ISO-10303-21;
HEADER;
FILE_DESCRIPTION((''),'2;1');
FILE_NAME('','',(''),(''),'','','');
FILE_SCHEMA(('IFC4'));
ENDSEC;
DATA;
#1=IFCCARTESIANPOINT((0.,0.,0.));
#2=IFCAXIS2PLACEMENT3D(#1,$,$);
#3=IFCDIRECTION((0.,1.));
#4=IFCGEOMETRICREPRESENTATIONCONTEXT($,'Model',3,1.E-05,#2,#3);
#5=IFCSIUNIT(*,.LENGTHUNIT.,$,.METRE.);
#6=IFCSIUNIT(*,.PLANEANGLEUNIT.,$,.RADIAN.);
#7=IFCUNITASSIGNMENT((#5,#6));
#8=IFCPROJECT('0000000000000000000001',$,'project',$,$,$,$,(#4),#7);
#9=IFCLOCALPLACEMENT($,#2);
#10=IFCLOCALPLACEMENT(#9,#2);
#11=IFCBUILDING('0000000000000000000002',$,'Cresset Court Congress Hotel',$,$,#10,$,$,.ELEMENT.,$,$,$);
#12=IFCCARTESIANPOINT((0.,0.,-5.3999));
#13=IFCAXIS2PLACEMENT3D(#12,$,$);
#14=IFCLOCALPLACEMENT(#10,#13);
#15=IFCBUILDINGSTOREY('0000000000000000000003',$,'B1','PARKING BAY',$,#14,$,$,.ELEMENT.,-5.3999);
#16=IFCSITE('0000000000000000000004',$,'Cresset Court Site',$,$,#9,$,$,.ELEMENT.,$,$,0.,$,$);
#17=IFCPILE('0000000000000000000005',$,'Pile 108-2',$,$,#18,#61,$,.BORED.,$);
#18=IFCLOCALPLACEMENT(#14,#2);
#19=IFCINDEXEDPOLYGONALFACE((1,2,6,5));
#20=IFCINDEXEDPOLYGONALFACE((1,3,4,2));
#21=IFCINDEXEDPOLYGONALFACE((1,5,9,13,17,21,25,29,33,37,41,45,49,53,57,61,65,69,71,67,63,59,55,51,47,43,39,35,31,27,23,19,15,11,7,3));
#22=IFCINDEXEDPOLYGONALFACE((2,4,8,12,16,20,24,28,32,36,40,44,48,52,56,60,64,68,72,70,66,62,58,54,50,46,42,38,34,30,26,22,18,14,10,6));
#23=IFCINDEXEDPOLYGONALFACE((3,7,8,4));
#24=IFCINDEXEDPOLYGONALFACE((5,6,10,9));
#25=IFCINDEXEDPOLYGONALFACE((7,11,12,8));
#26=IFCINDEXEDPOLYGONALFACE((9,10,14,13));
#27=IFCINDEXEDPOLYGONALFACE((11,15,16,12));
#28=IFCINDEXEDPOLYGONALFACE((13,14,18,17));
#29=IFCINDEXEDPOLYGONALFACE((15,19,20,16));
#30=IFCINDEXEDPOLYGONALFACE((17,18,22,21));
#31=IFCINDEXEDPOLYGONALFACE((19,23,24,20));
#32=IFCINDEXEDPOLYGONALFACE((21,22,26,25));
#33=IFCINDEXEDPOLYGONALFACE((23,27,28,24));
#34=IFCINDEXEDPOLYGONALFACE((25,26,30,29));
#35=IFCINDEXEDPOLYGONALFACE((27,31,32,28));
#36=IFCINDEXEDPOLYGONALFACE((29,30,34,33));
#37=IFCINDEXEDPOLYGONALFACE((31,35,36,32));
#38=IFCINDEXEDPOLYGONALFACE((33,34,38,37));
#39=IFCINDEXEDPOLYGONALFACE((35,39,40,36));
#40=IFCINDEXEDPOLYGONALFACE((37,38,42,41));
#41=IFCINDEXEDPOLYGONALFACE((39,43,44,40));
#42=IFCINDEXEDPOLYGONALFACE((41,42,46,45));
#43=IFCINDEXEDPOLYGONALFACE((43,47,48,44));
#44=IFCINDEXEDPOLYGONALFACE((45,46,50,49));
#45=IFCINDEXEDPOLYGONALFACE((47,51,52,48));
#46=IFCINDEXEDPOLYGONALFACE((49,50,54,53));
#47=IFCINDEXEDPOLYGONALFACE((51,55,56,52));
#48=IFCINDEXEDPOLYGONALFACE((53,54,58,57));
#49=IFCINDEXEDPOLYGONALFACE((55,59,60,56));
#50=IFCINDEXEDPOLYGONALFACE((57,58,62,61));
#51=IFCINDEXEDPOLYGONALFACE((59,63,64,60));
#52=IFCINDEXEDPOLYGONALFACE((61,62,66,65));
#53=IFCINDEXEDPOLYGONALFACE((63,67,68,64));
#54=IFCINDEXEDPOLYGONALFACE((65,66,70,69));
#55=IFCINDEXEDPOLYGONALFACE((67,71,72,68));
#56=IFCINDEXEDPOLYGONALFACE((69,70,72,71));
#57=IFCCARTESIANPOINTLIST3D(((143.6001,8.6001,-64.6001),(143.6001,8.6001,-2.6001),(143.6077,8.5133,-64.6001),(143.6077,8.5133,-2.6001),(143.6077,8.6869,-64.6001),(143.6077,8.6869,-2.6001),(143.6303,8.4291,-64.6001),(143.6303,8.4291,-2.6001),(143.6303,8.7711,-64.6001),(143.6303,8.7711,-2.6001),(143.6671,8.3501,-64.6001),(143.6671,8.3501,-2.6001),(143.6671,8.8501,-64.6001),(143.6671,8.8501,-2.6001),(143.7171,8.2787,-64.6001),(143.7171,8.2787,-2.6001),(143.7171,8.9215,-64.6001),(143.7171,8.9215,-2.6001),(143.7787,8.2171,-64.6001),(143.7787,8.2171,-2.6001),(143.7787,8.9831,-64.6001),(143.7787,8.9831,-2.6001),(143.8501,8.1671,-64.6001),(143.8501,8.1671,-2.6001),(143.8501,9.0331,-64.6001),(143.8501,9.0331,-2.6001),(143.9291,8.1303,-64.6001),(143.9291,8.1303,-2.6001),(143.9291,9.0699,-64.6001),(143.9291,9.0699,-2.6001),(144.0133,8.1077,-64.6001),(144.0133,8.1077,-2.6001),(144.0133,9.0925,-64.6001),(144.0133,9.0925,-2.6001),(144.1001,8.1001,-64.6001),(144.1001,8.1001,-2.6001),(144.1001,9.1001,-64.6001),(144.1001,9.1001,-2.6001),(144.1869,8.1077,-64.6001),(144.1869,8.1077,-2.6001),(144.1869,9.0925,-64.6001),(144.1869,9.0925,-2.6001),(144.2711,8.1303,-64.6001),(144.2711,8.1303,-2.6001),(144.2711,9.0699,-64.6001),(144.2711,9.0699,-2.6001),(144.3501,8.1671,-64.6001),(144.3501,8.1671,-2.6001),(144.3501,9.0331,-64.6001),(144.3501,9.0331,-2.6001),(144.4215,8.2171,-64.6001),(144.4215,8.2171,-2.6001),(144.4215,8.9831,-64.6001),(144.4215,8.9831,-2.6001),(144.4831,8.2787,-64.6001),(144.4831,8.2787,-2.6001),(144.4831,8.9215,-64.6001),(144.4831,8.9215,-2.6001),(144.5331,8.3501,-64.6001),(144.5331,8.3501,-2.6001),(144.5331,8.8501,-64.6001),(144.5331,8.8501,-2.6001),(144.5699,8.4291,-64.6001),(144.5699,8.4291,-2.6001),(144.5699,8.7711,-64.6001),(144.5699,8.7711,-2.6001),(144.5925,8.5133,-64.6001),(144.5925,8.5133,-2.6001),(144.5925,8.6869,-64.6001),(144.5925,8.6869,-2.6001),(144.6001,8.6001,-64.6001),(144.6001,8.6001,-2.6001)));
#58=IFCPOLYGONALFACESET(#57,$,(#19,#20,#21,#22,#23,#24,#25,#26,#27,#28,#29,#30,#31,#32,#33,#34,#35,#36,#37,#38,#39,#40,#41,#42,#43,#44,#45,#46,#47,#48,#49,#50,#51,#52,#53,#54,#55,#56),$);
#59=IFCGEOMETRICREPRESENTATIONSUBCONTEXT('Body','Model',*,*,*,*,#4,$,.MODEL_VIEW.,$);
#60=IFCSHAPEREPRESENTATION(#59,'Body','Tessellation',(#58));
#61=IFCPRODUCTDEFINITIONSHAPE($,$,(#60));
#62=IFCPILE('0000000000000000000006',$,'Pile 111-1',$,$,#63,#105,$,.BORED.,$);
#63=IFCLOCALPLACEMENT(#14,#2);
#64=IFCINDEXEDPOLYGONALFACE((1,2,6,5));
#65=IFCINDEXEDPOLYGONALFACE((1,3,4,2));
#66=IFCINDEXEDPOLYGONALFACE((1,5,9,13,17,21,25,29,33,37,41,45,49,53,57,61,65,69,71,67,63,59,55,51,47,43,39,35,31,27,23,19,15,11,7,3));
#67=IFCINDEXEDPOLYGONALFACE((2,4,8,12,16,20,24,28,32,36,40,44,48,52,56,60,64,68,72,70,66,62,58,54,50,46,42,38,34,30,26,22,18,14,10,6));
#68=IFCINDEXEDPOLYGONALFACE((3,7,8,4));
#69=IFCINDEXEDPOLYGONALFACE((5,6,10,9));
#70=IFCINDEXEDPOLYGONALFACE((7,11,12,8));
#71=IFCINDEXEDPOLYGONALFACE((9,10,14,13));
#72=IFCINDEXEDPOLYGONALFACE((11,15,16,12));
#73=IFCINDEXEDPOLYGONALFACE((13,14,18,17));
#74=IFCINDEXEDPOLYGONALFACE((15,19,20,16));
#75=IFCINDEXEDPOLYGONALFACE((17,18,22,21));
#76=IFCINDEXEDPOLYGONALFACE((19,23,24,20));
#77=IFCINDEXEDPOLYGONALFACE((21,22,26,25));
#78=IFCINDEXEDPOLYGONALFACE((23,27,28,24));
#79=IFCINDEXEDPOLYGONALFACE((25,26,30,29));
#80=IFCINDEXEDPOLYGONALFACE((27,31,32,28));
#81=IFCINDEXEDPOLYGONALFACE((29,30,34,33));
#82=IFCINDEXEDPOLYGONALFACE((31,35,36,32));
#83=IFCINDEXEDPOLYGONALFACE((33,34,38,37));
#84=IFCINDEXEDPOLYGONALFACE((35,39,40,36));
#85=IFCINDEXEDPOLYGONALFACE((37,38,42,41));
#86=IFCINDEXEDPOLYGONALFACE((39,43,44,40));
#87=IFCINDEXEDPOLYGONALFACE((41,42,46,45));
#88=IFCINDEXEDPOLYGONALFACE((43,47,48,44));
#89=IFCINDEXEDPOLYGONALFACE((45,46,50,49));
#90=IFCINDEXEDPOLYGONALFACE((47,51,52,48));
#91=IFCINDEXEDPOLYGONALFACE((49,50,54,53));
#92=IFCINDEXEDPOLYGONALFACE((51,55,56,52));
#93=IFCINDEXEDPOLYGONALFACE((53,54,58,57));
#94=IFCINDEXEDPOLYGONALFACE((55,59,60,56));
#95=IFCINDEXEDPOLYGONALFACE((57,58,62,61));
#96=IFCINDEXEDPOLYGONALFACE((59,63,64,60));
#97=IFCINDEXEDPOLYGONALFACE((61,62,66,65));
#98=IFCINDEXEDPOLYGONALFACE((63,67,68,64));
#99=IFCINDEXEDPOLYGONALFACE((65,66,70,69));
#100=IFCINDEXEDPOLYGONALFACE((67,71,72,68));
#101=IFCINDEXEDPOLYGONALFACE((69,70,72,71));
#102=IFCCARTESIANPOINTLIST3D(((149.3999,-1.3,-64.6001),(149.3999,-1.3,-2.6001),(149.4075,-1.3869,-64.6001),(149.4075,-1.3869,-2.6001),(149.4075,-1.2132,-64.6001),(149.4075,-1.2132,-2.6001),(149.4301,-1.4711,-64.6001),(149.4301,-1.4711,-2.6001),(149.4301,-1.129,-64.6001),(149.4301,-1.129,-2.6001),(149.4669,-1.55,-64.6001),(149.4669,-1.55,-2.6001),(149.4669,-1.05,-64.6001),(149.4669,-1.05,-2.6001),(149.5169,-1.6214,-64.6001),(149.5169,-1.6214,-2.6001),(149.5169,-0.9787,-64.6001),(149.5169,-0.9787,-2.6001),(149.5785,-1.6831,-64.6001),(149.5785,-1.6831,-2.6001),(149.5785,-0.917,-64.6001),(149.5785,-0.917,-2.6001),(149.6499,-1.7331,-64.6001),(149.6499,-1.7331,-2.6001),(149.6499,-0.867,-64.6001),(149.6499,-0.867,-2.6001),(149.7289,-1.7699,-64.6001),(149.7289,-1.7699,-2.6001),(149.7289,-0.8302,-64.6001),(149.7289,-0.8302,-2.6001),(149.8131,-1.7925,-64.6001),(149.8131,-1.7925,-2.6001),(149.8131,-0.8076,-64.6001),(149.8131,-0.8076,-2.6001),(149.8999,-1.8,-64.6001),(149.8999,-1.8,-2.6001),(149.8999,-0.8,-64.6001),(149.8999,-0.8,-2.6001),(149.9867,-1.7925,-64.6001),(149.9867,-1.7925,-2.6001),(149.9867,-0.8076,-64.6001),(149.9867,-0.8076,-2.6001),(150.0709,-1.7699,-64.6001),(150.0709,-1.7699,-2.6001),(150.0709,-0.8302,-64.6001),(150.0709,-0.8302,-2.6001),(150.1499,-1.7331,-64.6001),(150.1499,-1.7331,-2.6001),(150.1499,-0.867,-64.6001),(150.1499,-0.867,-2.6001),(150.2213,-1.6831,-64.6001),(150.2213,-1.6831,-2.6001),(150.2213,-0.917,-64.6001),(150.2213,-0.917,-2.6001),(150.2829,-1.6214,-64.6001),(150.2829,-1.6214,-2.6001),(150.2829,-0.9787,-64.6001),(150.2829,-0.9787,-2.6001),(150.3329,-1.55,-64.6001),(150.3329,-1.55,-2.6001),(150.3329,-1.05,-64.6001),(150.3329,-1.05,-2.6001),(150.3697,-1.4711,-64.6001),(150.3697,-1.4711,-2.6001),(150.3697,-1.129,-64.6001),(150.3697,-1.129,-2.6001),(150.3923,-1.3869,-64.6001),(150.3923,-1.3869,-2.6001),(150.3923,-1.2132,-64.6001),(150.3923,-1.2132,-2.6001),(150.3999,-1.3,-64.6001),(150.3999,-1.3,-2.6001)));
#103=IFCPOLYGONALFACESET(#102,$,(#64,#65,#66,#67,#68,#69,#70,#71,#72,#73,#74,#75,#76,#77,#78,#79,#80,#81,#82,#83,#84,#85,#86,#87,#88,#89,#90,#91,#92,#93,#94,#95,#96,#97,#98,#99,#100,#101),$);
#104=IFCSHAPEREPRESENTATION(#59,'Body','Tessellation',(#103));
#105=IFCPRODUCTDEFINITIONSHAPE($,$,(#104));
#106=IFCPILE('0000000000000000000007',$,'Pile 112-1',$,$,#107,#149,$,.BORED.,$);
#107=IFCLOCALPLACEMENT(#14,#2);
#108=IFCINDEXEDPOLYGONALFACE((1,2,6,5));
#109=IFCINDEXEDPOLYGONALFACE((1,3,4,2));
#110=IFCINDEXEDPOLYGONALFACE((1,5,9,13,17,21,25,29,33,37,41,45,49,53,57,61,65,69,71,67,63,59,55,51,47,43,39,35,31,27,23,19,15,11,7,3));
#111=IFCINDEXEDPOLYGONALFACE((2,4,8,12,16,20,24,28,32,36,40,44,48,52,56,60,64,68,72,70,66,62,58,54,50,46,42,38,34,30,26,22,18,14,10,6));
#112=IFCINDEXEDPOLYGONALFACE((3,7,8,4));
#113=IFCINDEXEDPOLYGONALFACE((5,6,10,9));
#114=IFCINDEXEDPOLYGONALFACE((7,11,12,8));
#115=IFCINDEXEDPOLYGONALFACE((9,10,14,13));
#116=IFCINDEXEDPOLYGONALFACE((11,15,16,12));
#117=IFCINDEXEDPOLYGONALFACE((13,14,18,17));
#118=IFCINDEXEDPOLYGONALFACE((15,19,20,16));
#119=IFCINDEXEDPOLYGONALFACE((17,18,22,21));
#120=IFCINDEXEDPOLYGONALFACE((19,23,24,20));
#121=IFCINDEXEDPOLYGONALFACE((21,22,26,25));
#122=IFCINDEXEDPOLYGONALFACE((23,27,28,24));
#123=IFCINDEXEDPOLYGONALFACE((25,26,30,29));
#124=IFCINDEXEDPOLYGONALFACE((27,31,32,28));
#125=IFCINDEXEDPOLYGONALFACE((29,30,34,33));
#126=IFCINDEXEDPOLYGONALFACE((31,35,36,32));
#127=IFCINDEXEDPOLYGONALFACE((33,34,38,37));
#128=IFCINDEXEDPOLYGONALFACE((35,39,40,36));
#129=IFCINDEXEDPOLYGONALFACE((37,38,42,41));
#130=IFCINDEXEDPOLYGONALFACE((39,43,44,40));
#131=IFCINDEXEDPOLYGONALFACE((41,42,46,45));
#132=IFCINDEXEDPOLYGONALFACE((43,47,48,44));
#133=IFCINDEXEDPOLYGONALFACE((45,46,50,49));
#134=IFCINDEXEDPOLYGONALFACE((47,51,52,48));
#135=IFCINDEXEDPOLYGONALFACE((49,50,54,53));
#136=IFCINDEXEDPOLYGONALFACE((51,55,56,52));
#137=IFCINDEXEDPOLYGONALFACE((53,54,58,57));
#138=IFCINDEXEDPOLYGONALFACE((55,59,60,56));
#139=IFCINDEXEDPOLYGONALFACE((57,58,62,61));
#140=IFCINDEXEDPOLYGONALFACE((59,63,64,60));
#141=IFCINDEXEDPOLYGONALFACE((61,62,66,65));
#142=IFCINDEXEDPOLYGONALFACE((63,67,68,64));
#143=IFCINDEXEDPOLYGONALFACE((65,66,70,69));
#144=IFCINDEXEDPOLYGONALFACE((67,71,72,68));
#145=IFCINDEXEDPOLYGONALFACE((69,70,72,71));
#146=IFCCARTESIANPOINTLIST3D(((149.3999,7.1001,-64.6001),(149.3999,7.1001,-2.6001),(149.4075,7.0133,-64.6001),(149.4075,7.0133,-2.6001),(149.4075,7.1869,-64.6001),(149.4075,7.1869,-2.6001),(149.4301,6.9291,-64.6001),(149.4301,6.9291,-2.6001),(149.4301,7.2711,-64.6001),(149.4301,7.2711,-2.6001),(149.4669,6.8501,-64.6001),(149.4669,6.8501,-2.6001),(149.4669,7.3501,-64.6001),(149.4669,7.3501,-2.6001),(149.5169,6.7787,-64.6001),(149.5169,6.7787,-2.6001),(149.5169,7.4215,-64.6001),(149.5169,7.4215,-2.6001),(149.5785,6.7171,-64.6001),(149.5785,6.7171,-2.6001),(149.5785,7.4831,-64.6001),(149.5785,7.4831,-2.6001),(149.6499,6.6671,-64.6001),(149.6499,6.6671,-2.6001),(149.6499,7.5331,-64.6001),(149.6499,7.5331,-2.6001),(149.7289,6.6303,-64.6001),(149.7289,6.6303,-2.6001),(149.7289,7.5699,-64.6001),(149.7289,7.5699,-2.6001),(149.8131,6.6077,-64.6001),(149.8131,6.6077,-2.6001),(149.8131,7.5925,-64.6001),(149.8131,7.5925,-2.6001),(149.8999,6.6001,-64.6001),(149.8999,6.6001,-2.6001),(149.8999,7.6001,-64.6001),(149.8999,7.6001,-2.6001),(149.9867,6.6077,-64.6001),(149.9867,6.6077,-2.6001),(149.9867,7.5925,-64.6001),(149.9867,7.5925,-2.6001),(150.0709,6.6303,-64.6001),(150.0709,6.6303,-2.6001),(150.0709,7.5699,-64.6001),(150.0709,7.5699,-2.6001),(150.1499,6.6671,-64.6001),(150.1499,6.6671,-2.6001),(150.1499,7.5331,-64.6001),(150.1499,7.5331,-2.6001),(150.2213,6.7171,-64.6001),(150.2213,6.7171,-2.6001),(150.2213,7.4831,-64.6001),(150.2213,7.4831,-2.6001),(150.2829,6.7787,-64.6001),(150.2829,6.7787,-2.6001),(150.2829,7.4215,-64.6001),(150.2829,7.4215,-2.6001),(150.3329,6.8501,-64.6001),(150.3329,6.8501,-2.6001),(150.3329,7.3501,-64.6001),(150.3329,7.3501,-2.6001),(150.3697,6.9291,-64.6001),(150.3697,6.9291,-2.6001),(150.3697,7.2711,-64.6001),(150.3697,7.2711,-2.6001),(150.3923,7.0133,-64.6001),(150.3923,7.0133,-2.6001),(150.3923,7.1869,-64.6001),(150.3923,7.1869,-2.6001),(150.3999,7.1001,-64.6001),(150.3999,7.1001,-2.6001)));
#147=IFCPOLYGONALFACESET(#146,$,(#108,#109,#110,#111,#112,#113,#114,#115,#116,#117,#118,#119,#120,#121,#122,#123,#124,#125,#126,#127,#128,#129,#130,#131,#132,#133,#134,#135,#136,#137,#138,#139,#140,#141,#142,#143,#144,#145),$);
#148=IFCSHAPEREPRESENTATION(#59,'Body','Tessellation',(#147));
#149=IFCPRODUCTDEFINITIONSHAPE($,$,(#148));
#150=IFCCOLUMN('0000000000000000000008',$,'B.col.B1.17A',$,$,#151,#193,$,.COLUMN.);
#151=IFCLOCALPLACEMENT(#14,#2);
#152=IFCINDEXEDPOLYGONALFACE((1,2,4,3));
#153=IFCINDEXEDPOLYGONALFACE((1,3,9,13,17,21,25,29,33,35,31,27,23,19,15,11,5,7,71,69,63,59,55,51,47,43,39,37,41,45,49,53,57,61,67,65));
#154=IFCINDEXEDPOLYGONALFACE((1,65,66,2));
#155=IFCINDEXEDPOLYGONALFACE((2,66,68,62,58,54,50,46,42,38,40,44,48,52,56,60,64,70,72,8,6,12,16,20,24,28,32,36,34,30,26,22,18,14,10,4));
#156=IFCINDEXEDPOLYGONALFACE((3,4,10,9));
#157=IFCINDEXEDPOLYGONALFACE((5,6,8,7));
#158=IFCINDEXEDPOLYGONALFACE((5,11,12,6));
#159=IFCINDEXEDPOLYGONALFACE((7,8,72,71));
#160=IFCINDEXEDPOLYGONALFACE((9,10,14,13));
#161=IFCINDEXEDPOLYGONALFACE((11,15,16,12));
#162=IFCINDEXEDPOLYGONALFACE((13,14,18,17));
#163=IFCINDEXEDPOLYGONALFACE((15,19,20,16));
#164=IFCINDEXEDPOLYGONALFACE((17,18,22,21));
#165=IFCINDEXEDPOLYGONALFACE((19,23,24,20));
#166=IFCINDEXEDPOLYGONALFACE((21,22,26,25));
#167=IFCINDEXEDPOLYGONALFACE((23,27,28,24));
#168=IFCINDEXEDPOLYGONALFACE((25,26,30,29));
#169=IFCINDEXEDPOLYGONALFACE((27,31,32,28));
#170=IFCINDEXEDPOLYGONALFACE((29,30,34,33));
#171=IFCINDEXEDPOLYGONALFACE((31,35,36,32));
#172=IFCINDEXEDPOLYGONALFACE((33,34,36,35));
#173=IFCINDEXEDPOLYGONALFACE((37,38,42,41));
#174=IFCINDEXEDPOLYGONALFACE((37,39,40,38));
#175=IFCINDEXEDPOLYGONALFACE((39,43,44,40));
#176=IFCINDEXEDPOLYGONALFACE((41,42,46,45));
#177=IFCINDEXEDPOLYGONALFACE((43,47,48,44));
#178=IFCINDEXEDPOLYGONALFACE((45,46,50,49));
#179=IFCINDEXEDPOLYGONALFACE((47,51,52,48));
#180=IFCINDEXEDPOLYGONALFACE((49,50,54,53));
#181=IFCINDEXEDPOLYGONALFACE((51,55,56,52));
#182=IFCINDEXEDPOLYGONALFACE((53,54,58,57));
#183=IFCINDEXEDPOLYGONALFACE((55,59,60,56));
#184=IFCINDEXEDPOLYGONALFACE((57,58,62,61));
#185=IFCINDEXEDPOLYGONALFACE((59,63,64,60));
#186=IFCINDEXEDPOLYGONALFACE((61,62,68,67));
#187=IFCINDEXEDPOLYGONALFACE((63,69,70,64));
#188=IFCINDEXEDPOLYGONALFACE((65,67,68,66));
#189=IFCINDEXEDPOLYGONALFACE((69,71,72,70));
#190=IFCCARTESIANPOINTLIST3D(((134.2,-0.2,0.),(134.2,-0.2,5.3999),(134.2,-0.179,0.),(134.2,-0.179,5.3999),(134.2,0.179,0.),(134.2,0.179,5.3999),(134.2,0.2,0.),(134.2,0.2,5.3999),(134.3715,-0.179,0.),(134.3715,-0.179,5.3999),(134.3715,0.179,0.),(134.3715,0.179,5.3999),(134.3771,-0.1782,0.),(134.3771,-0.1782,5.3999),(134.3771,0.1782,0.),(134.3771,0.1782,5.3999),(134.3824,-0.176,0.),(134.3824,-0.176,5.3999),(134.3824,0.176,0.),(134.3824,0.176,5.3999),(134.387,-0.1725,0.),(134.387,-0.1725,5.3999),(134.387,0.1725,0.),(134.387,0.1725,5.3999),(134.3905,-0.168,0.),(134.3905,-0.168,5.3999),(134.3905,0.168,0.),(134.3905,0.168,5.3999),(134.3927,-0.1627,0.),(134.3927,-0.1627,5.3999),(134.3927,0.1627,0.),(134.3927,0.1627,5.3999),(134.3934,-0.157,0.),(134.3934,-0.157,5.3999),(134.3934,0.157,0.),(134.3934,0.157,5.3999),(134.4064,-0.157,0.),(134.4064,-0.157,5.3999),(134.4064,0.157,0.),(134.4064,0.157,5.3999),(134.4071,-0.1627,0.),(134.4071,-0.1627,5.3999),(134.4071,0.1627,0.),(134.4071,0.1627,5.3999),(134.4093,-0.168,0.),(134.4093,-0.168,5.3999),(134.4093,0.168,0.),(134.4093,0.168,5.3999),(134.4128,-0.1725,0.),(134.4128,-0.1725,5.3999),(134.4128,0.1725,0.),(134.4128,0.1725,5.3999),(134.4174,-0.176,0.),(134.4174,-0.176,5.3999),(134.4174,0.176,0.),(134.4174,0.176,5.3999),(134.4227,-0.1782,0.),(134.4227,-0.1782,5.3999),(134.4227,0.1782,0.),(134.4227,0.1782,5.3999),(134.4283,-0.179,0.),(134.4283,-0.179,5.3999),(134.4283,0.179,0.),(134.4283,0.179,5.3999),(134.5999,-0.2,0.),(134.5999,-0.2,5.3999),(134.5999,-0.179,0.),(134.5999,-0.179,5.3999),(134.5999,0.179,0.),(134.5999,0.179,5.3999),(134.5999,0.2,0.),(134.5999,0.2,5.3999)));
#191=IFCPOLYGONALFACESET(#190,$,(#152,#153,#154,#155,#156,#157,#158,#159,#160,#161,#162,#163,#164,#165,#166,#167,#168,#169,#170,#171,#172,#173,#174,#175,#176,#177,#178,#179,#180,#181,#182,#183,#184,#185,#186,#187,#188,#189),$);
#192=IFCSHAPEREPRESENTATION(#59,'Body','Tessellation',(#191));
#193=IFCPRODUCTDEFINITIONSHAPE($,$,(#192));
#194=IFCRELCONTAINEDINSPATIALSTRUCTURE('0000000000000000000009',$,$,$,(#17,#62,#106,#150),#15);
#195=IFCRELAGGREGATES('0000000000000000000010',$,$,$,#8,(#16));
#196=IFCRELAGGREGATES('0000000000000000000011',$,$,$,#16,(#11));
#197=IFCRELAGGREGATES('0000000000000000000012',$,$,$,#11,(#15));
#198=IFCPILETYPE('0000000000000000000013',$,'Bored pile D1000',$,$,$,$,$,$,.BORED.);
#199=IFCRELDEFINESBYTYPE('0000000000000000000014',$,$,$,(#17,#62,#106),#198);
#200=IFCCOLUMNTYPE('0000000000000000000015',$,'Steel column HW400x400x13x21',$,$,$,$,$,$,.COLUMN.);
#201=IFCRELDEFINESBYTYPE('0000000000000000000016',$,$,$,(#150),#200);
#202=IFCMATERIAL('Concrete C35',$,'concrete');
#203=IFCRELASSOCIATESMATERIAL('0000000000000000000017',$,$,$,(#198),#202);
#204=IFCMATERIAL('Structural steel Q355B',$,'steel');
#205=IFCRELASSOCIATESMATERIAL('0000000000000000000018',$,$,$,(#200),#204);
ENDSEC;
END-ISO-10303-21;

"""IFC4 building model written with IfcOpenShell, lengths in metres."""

from ifc_helpers import new_model, si_unit, direction, frame, origin, origin_2d, place, context, subcontext, project, spatial, circle, i_section, extrude, material, material_profile, profile_set, type_object, element, save


model = new_model("IFC4")

# Units and contexts
model_context = context("Model", 3, precision=1e-05, world=origin(), true_north=direction((0.0, 1.0)))
body_context = subcontext(model_context, "Body", "Model", "MODEL_VIEW")
ifc_project = project(units=[si_unit("LENGTHUNIT", "METRE"), si_unit("PLANEANGLEUNIT", "RADIAN")], contexts=[model_context])

# Site, building, storey
site_placement = place(None, origin())
site = spatial("IfcSite", under=ifc_project, at=site_placement, Name="Cresset Court Site", CompositionType="ELEMENT", RefElevation=0.0)
building_placement = place(site_placement, origin())
building = spatial("IfcBuilding", under=site, at=building_placement, Name="Cresset Court Congress Hotel", CompositionType="ELEMENT")
storey_placement = place(building_placement, frame((0.0, 0.0, -5.3999)))
storey = spatial("IfcBuildingStorey", under=building, at=storey_placement, Name="B1", Description="PARKING BAY", CompositionType="ELEMENT", Elevation=-5.3999)

# Piles
ifc_material_1 = material(Name="Concrete C35", Category="concrete")
pile_type = type_object("IfcPileType", Name="Bored pile D1000", PredefinedType="BORED", material=ifc_material_1)
for number, where, z_axis, x_axis, name in (
    (1, (144.1001, 8.6001, -2.6001), (0.0, 0.0, -1.0), (1.0, 0.0, 0.0), "Pile 108-2"),
    (2, (149.8999, -1.3, -2.6001), (0.0, 0.0, -1.0), (1.0, 0.0, 0.0), "Pile 111-1"),
    (3, (149.8999, 7.1001, -2.6001), (0.0, 0.0, -1.0), (1.0, 0.0, 0.0), "Pile 112-1"),
):
    element("IfcPile", number, at=place(storey_placement, frame(where, z_axis=z_axis, x_axis=x_axis)), inside=storey, type_object=pile_type, Name=name, PredefinedType="BORED", context=body_context, shape_type="SweptSolid", body=[
        extrude(circle(Radius=0.5, at=origin_2d()), origin(), (0.0, 0.0, 1.0), 62.0),
    ])

# Column
ifc_material_2 = material(Name="Structural steel Q355B", Category="steel")
ifc_material_profile = material_profile(ifc_material_2, i_section(OverallWidth=0.3999, OverallDepth=0.3999, WebThickness=0.0129, FlangeThickness=0.021, FilletRadius=0.022, at=origin_2d()), Name="HW400x400x13x21")
ifc_profile_set = profile_set([ifc_material_profile], Name="Structural steel Q355B")
column_type = type_object("IfcColumnType", Name="Steel column HW400x400x13x21", PredefinedType="COLUMN", material=ifc_profile_set)
for number, where, z_axis, x_axis, name in (
    (4, (134.3999, 0.0, 0.0), (0.0, 0.0, 1.0), (1.0, 0.0, 0.0), "B.col.B1.17A"),
):
    element("IfcColumn", number, at=place(storey_placement, frame(where, z_axis=z_axis, x_axis=x_axis)), inside=storey, type_object=column_type, Name=name, PredefinedType="COLUMN", context=body_context, shape_type="SweptSolid", body=[
        extrude(i_section(OverallWidth=0.3999, OverallDepth=0.3999, WebThickness=0.0129, FlangeThickness=0.021, FilletRadius=0.022, at=origin_2d()), origin(), (0.0, 0.0, 1.0), 5.3999),
    ])

save(model, "model.ifc")
